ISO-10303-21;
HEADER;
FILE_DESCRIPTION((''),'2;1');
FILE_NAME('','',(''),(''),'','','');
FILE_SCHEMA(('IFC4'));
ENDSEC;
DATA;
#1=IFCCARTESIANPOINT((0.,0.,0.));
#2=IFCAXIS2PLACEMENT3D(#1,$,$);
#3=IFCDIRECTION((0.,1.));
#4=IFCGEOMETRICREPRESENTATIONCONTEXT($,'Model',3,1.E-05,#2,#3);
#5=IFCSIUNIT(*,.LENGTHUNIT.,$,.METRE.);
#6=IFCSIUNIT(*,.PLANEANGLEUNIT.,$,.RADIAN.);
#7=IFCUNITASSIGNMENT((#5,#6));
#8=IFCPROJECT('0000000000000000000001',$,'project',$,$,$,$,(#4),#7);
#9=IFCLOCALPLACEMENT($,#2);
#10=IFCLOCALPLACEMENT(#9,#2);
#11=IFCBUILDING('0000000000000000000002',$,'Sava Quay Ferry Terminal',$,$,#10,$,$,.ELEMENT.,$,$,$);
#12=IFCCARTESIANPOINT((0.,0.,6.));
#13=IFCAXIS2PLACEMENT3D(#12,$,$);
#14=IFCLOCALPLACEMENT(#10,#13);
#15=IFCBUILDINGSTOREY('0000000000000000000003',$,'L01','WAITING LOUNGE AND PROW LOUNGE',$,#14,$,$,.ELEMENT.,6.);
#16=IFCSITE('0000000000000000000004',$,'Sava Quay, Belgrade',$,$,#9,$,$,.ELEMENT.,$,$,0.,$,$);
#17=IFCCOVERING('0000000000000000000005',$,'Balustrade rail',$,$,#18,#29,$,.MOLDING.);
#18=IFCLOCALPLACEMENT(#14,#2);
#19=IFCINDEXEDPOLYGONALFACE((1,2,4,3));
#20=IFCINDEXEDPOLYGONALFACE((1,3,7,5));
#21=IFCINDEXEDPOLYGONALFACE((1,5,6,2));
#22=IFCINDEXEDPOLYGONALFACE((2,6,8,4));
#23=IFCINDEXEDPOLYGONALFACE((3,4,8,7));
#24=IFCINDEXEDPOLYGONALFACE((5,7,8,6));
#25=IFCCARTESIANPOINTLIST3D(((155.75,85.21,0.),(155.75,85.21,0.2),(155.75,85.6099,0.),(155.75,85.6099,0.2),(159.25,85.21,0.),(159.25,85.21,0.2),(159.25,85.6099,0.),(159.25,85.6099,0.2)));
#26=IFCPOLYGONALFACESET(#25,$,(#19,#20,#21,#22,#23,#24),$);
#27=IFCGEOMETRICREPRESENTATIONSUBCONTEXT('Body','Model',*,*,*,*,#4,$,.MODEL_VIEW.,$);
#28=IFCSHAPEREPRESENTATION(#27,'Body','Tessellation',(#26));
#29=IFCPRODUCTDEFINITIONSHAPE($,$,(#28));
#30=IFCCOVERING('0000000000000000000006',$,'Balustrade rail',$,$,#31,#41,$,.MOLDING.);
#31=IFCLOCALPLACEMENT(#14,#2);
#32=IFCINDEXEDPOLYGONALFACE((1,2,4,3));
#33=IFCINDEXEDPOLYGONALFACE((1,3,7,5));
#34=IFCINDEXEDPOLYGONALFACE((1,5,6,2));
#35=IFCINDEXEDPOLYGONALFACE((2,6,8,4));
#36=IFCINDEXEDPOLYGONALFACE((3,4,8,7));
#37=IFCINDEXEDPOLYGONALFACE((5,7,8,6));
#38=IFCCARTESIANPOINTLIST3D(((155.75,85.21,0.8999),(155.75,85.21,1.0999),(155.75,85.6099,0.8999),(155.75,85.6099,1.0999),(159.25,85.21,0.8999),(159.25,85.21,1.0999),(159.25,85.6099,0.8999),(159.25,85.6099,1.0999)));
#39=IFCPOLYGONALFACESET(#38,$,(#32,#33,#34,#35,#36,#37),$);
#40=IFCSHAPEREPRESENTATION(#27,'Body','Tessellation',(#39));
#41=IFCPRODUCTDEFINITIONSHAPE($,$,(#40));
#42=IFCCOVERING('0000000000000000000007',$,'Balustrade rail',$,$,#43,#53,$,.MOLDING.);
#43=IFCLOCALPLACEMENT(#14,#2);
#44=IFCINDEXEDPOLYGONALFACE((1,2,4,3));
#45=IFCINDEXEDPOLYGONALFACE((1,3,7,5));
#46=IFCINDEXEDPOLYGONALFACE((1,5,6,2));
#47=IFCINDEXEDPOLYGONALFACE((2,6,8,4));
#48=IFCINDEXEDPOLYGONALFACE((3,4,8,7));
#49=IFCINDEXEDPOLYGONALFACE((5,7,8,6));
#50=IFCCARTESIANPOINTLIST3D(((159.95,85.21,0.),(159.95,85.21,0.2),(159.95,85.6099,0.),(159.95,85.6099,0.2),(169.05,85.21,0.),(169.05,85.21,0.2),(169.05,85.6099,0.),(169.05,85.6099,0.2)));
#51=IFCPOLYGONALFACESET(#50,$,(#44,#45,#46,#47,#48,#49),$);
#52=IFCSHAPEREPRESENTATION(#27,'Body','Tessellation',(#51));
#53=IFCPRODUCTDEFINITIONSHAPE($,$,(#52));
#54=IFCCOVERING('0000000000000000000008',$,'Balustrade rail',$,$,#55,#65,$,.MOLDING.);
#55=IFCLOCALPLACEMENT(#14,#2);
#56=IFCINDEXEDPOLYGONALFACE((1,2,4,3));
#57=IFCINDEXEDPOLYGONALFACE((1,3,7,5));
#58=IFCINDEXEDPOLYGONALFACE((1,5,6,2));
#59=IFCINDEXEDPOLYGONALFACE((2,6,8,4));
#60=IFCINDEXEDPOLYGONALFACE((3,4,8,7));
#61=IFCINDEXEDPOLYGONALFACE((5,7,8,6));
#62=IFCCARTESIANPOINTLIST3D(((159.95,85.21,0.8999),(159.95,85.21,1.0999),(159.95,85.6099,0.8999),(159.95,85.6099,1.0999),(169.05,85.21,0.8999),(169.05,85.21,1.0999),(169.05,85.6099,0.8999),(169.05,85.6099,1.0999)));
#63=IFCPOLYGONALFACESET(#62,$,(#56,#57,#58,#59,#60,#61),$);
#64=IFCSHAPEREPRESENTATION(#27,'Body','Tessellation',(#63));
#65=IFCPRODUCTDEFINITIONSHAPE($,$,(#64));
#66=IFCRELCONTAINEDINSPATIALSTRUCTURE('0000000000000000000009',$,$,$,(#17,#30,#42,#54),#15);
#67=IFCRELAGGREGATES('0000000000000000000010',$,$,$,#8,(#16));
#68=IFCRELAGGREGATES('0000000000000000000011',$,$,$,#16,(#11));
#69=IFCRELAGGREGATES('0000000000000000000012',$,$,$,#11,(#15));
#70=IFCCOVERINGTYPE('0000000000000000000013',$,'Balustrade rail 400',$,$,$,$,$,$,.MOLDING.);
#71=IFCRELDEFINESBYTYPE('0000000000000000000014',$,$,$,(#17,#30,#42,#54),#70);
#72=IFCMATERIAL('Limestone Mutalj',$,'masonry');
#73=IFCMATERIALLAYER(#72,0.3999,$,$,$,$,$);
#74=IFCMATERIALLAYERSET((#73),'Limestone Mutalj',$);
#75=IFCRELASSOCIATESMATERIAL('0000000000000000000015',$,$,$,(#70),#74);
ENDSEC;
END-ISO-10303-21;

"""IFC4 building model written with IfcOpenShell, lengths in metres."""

from ifc_helpers import new_model, si_unit, direction, frame, origin, origin_2d, place, context, subcontext, project, spatial, rectangle, extrude, material, layer, layer_set, type_object, element, save


model = new_model("IFC4")

# Units and contexts
model_context = context("Model", 3, precision=1e-05, world=origin(), true_north=direction((0.0, 1.0)))
body_context = subcontext(model_context, "Body", "Model", "MODEL_VIEW")
ifc_project = project(units=[si_unit("LENGTHUNIT", "METRE"), si_unit("PLANEANGLEUNIT", "RADIAN")], contexts=[model_context])

# Site, building, storey
site_placement = place(None, origin())
site = spatial("IfcSite", under=ifc_project, at=site_placement, Name="Sava Quay, Belgrade", CompositionType="ELEMENT", RefElevation=0.0)
building_placement = place(site_placement, origin())
building = spatial("IfcBuilding", under=site, at=building_placement, Name="Sava Quay Ferry Terminal", CompositionType="ELEMENT")
storey_placement = place(building_placement, frame((0.0, 0.0, 6.0)))
storey = spatial("IfcBuildingStorey", under=building, at=storey_placement, Name="L01", Description="WAITING LOUNGE AND PROW LOUNGE", CompositionType="ELEMENT", Elevation=6.0)

# Coverings
ifc_material_1 = material(Name="Limestone Mutalj", Category="masonry")
ifc_layer_1 = layer(ifc_material_1, 0.3999)
ifc_layer_set_1 = layer_set([ifc_layer_1], Name="Limestone Mutalj")
covering_type_1 = type_object("IfcCoveringType", Name="Balustrade rail 400", PredefinedType="MOLDING", material=ifc_layer_set_1)
for number, where, z_axis, x_axis, name in (
    (1, (157.5, 85.4099, 0.0), (0.0, 0.0, 1.0), (1.0, 0.0, 0.0), "Balustrade rail"),
    (2, (157.5, 85.4099, 0.8999), (0.0, 0.0, 1.0), (1.0, 0.0, 0.0), "Balustrade rail"),
):
    element("IfcCovering", number, at=place(storey_placement, frame(where, z_axis=z_axis, x_axis=x_axis)), inside=storey, type_object=covering_type_1, Name=name, PredefinedType="MOLDING", context=body_context, shape_type="SweptSolid", body=[
        extrude(rectangle(XDim=3.5, YDim=0.3999, at=origin_2d()), origin(), (0.0, 0.0, 1.0), 0.2),
    ])
for number, where, z_axis, x_axis, name in (
    (3, (164.5, 85.4099, 0.0), (0.0, 0.0, 1.0), (1.0, 0.0, 0.0), "Balustrade rail"),
    (4, (164.5, 85.4099, 0.8999), (0.0, 0.0, 1.0), (1.0, 0.0, 0.0), "Balustrade rail"),
):
    element("IfcCovering", number, at=place(storey_placement, frame(where, z_axis=z_axis, x_axis=x_axis)), inside=storey, type_object=covering_type_1, Name=name, PredefinedType="MOLDING", context=body_context, shape_type="SweptSolid", body=[
        extrude(rectangle(XDim=9.1001, YDim=0.3999, at=origin_2d()), origin(), (0.0, 0.0, 1.0), 0.2),
    ])

save(model, "model.ifc")
